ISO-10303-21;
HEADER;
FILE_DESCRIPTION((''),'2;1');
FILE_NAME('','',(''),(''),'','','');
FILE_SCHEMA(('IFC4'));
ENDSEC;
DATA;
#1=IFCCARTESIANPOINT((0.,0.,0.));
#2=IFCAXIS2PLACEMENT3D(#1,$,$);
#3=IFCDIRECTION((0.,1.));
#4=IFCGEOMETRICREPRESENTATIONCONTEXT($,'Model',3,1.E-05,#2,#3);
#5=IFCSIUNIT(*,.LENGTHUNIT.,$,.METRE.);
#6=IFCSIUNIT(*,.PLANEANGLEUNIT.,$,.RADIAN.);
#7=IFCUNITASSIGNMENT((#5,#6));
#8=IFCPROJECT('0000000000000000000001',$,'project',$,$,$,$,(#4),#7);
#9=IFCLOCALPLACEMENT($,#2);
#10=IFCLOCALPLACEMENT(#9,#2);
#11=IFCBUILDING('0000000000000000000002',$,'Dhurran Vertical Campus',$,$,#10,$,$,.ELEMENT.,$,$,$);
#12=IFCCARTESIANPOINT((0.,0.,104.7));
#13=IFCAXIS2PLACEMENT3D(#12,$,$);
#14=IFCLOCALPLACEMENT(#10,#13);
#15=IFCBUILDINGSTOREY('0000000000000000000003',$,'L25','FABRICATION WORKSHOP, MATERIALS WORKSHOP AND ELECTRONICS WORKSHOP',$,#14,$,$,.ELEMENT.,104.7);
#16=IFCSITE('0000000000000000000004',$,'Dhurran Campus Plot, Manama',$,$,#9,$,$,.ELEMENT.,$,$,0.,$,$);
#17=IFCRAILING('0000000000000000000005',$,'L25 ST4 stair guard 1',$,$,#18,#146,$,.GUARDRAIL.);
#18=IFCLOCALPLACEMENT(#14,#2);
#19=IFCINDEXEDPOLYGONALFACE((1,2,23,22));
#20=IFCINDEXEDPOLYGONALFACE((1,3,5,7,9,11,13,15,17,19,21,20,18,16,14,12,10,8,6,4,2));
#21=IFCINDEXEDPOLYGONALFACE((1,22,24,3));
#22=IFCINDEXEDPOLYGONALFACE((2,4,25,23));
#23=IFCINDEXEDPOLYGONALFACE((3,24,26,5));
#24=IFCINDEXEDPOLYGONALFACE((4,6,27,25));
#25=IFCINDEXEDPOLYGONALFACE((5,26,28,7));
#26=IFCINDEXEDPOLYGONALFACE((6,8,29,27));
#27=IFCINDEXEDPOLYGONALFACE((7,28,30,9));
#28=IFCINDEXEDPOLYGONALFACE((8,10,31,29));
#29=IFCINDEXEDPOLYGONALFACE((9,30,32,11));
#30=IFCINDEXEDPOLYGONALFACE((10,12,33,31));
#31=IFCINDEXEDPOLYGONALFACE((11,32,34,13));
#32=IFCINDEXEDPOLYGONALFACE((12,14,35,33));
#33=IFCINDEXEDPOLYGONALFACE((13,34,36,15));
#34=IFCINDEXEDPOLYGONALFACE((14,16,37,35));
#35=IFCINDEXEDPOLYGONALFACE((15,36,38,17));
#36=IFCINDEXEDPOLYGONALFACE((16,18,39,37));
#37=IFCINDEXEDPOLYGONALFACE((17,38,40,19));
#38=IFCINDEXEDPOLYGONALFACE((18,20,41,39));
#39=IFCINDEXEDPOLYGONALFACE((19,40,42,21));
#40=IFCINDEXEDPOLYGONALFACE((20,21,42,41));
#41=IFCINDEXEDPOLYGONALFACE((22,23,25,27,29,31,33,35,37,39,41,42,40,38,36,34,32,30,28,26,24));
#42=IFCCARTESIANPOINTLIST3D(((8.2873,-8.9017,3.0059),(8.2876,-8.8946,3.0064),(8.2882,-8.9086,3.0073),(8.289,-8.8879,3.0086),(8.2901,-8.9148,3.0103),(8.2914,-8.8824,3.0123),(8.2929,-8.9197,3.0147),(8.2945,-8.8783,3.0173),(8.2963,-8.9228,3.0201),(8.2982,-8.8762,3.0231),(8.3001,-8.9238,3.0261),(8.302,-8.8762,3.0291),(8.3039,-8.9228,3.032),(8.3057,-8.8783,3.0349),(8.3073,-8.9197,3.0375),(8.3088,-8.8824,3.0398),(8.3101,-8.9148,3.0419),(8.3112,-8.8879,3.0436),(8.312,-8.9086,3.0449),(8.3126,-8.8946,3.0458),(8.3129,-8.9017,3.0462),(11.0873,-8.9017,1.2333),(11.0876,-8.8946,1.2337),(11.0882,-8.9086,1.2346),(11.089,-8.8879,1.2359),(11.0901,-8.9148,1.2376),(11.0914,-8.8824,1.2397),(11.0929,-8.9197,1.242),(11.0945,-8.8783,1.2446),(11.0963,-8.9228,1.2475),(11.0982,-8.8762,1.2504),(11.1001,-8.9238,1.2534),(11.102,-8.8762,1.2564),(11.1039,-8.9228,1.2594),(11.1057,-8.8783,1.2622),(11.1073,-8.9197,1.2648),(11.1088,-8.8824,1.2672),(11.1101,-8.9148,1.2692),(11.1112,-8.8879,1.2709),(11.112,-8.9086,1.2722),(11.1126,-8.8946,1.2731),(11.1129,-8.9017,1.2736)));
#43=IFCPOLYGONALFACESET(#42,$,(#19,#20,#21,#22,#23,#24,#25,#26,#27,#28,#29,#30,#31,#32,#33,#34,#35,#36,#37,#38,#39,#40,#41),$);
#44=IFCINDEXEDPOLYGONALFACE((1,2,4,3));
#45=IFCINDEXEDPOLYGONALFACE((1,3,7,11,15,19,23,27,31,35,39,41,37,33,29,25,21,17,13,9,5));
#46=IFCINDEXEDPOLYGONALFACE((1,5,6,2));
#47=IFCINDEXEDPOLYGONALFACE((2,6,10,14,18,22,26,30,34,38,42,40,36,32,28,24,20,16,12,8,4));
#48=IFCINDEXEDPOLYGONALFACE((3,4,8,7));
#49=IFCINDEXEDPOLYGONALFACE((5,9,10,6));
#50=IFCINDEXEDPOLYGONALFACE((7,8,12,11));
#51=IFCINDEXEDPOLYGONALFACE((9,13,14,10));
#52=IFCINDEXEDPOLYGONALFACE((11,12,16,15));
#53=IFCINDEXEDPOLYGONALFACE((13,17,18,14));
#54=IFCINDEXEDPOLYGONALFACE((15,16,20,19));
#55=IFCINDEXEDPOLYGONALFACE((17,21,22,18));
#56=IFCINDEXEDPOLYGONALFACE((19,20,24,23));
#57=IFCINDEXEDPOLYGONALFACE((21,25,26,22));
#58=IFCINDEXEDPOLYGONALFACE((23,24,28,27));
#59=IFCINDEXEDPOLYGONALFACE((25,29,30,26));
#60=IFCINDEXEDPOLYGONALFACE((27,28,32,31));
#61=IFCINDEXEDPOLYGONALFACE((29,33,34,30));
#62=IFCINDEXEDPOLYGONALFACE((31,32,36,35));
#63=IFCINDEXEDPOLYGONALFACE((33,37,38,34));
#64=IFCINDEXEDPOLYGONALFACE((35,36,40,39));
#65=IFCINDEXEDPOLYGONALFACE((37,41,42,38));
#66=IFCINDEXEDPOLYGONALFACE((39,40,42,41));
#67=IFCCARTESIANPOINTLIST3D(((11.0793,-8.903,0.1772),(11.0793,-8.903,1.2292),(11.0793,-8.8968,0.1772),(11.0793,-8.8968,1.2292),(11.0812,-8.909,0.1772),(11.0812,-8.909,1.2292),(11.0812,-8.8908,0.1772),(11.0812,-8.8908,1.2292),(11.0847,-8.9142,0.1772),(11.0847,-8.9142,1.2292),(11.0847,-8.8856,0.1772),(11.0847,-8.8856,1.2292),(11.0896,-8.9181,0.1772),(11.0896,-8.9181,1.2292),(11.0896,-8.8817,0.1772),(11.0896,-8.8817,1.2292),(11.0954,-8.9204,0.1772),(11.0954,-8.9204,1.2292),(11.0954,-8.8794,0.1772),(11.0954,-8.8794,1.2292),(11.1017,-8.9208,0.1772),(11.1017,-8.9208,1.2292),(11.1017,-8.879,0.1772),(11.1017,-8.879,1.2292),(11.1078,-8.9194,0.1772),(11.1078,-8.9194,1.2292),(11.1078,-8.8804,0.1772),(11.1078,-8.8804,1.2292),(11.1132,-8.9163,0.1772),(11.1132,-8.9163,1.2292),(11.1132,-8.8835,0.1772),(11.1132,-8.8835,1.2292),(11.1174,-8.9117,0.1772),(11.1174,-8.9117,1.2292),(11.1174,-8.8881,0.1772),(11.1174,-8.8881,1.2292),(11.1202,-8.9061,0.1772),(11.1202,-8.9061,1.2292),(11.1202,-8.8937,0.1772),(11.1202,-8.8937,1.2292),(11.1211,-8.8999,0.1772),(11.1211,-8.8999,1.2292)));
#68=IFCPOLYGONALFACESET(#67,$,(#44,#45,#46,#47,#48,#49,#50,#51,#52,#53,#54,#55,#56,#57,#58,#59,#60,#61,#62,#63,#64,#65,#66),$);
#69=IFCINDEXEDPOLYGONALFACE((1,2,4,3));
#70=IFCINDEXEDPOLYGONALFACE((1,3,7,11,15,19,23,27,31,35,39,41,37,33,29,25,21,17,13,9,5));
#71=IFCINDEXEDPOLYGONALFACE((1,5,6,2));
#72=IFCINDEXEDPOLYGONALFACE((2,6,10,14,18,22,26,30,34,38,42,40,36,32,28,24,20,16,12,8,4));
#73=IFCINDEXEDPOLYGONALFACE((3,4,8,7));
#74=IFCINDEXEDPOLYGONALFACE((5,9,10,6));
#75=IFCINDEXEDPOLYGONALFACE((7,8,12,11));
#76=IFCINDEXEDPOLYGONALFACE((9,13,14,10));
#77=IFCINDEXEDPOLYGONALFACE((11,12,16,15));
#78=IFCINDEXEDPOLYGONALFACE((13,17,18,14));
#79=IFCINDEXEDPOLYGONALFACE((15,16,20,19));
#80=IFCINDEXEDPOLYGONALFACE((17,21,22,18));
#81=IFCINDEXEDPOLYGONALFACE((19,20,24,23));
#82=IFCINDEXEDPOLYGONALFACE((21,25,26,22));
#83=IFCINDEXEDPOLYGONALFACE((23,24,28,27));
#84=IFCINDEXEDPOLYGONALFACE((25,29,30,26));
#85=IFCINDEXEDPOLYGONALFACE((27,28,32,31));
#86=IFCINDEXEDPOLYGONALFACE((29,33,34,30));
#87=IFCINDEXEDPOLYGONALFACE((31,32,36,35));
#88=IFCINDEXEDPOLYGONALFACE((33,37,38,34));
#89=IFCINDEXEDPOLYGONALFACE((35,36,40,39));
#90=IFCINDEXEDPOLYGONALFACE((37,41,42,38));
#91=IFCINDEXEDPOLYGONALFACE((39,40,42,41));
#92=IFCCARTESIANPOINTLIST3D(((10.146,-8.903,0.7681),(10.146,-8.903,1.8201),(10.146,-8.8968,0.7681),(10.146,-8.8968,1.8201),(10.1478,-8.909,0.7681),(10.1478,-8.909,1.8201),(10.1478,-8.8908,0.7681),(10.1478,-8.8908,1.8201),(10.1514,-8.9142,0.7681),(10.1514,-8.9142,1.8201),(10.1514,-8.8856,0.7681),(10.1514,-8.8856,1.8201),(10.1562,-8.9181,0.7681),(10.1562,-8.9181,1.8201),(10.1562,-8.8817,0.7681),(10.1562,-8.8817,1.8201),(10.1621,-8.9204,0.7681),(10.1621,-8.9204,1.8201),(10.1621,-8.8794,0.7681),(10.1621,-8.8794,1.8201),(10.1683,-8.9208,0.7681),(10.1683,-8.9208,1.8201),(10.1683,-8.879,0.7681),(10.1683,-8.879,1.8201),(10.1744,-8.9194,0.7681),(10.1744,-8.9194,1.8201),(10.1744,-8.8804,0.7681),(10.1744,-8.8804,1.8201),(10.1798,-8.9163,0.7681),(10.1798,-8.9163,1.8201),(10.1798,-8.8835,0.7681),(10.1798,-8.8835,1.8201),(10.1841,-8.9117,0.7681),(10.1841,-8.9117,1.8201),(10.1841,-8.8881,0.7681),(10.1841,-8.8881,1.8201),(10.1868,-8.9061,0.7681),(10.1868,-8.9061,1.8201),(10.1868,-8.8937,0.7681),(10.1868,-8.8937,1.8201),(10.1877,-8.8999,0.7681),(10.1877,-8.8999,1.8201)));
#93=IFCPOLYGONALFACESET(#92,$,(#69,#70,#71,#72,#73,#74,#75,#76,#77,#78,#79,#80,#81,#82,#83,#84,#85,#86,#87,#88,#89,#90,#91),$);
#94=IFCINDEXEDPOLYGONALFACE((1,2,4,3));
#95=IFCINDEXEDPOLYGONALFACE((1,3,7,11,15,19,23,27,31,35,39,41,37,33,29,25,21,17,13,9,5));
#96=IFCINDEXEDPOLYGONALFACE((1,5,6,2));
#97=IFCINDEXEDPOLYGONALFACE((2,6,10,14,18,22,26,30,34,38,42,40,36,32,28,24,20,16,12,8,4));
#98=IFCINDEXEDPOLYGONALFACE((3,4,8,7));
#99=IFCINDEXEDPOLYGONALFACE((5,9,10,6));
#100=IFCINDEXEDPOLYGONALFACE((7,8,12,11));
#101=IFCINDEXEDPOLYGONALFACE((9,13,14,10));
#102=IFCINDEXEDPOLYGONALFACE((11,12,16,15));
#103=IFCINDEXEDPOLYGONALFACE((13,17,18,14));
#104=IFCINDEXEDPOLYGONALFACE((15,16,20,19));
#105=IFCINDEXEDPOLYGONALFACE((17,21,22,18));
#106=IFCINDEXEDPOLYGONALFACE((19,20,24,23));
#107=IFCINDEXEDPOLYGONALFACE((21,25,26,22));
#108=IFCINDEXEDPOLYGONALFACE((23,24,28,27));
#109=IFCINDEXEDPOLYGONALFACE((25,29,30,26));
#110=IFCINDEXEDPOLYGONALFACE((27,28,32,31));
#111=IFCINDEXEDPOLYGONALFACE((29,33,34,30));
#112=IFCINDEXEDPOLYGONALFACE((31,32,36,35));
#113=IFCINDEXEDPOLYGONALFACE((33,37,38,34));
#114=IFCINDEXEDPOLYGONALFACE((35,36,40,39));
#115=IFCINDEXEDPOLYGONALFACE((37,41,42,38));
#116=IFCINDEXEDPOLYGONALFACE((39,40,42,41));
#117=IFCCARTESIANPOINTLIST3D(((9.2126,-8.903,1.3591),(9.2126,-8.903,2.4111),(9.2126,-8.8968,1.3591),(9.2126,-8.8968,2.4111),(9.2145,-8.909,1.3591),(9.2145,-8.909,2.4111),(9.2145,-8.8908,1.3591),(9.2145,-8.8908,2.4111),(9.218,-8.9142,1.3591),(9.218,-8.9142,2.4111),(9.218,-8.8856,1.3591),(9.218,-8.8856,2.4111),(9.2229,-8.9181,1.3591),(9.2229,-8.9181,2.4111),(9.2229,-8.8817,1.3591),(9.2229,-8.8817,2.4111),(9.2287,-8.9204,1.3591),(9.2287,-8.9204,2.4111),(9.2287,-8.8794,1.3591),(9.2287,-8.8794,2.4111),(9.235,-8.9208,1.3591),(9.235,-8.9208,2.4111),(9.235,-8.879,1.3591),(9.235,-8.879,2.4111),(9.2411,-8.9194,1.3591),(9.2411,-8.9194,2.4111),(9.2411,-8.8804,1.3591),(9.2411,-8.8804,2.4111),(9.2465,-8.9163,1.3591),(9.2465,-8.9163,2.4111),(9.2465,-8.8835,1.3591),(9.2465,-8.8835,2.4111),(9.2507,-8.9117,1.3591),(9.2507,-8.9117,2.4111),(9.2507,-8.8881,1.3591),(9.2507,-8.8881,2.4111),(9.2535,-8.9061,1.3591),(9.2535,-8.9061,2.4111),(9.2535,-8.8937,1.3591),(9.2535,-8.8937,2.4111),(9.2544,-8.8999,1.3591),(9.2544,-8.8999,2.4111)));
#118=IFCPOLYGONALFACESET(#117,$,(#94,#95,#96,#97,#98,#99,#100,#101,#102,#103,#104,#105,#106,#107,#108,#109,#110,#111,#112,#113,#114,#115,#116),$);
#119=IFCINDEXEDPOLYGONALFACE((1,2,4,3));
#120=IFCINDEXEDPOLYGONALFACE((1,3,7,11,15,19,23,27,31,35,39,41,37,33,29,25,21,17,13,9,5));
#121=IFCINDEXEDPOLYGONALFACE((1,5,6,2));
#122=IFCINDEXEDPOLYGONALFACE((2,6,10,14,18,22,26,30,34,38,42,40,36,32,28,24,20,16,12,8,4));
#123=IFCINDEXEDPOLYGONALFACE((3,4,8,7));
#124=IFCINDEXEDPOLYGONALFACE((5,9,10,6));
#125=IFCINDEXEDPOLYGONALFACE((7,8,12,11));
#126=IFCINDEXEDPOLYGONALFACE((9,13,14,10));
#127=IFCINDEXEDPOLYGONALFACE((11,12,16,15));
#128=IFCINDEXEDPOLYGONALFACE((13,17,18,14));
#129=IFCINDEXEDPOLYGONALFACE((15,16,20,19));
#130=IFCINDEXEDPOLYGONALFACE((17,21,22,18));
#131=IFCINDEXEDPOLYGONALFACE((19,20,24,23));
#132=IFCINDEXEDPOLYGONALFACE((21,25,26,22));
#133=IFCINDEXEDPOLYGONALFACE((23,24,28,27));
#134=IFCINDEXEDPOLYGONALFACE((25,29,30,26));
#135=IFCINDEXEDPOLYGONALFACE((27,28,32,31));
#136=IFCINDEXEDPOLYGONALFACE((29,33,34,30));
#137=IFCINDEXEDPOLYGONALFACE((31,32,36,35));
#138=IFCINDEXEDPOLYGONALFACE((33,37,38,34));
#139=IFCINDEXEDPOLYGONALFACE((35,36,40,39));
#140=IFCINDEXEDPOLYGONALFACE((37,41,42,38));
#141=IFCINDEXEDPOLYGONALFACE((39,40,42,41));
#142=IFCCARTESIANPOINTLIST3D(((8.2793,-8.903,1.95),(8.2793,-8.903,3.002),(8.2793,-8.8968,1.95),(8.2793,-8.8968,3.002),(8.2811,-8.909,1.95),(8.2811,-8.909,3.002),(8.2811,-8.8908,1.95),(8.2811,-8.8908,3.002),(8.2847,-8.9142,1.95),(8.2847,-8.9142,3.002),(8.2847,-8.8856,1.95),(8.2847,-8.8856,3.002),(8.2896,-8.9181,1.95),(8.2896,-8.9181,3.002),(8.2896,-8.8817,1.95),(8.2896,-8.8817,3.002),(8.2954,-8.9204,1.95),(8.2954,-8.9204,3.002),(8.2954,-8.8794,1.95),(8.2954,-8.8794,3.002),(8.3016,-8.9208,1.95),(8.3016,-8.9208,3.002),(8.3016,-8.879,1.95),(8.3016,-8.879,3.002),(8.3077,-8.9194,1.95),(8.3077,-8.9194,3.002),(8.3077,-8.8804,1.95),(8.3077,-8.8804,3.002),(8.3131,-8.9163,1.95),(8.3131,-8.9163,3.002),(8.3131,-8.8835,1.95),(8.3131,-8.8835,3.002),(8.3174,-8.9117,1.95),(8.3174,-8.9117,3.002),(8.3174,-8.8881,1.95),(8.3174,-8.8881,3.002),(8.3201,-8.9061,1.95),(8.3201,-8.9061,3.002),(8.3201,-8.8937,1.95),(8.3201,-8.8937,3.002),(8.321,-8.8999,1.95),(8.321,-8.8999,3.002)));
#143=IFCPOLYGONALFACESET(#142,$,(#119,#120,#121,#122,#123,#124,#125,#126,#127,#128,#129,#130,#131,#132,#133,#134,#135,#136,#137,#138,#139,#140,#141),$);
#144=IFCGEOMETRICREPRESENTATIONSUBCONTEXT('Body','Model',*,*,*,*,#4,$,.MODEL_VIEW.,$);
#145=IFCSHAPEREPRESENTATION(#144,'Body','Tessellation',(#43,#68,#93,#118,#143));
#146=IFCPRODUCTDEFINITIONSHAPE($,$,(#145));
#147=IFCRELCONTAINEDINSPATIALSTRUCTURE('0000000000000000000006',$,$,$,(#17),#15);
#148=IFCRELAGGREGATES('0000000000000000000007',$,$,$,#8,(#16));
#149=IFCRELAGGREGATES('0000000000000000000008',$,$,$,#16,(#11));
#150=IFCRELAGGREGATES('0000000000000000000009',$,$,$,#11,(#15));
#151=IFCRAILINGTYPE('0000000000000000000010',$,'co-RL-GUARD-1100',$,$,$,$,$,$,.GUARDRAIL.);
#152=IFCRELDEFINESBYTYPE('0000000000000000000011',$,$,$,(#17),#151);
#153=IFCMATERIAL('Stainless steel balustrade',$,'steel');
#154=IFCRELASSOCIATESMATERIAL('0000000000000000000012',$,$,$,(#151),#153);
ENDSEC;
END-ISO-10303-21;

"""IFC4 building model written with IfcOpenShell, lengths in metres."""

from ifc_helpers import new_model, si_unit, direction, frame, origin, origin_2d, place, context, subcontext, project, spatial, circle, extrude, material, type_object, element, save


model = new_model("IFC4")

# Units and contexts
model_context = context("Model", 3, precision=1e-05, world=origin(), true_north=direction((0.0, 1.0)))
body_context = subcontext(model_context, "Body", "Model", "MODEL_VIEW")
ifc_project = project(units=[si_unit("LENGTHUNIT", "METRE"), si_unit("PLANEANGLEUNIT", "RADIAN")], contexts=[model_context])

# Site, building, storey
site_placement = place(None, origin())
site = spatial("IfcSite", under=ifc_project, at=site_placement, Name="Dhurran Campus Plot, Manama", CompositionType="ELEMENT", RefElevation=0.0)
building_placement = place(site_placement, origin())
building = spatial("IfcBuilding", under=site, at=building_placement, Name="Dhurran Vertical Campus", CompositionType="ELEMENT")
storey_placement = place(building_placement, frame((0.0, 0.0, 104.7)))
storey = spatial("IfcBuildingStorey", under=building, at=storey_placement, Name="L25", Description="FABRICATION WORKSHOP, MATERIALS WORKSHOP AND ELECTRONICS WORKSHOP", CompositionType="ELEMENT", Elevation=104.7)

# Railing
ifc_material_1 = material(Name="Stainless steel balustrade", Category="steel")
railing_type_1 = type_object("IfcRailingType", Name="co-RL-GUARD-1100", PredefinedType="GUARDRAIL", material=ifc_material_1)
railing_1_placement = place(storey_placement, frame((11.1001, -8.8999, 0.1772)))
element("IfcRailing", 1, at=railing_1_placement, inside=storey, type_object=railing_type_1, Name="L25 ST4 stair guard 1", PredefinedType="GUARDRAIL", context=body_context, shape_type="SweptSolid", body=[
    extrude(circle(Radius=0.0239, at=origin_2d()), frame((0.0, 0.0, 1.0762), z_axis=(-0.844909, 0.0, 0.53491), x_axis=(0.0, -1.0, 0.0)), (0.0, 0.0, 1.0), 3.314),
    extrude(circle(Radius=0.021, at=origin_2d()), origin(), (0.0, 0.0, 1.0), 1.052),
    extrude(circle(Radius=0.021, at=origin_2d()), frame((-0.9333, 0.0, 0.5908)), (0.0, 0.0, 1.0), 1.052),
    extrude(circle(Radius=0.021, at=origin_2d()), frame((-1.8667, 0.0, 1.1819)), (0.0, 0.0, 1.0), 1.052),
    extrude(circle(Radius=0.021, at=origin_2d()), frame((-2.8, 0.0, 1.7727)), (0.0, 0.0, 1.0), 1.052),
])

save(model, "model.ifc")
